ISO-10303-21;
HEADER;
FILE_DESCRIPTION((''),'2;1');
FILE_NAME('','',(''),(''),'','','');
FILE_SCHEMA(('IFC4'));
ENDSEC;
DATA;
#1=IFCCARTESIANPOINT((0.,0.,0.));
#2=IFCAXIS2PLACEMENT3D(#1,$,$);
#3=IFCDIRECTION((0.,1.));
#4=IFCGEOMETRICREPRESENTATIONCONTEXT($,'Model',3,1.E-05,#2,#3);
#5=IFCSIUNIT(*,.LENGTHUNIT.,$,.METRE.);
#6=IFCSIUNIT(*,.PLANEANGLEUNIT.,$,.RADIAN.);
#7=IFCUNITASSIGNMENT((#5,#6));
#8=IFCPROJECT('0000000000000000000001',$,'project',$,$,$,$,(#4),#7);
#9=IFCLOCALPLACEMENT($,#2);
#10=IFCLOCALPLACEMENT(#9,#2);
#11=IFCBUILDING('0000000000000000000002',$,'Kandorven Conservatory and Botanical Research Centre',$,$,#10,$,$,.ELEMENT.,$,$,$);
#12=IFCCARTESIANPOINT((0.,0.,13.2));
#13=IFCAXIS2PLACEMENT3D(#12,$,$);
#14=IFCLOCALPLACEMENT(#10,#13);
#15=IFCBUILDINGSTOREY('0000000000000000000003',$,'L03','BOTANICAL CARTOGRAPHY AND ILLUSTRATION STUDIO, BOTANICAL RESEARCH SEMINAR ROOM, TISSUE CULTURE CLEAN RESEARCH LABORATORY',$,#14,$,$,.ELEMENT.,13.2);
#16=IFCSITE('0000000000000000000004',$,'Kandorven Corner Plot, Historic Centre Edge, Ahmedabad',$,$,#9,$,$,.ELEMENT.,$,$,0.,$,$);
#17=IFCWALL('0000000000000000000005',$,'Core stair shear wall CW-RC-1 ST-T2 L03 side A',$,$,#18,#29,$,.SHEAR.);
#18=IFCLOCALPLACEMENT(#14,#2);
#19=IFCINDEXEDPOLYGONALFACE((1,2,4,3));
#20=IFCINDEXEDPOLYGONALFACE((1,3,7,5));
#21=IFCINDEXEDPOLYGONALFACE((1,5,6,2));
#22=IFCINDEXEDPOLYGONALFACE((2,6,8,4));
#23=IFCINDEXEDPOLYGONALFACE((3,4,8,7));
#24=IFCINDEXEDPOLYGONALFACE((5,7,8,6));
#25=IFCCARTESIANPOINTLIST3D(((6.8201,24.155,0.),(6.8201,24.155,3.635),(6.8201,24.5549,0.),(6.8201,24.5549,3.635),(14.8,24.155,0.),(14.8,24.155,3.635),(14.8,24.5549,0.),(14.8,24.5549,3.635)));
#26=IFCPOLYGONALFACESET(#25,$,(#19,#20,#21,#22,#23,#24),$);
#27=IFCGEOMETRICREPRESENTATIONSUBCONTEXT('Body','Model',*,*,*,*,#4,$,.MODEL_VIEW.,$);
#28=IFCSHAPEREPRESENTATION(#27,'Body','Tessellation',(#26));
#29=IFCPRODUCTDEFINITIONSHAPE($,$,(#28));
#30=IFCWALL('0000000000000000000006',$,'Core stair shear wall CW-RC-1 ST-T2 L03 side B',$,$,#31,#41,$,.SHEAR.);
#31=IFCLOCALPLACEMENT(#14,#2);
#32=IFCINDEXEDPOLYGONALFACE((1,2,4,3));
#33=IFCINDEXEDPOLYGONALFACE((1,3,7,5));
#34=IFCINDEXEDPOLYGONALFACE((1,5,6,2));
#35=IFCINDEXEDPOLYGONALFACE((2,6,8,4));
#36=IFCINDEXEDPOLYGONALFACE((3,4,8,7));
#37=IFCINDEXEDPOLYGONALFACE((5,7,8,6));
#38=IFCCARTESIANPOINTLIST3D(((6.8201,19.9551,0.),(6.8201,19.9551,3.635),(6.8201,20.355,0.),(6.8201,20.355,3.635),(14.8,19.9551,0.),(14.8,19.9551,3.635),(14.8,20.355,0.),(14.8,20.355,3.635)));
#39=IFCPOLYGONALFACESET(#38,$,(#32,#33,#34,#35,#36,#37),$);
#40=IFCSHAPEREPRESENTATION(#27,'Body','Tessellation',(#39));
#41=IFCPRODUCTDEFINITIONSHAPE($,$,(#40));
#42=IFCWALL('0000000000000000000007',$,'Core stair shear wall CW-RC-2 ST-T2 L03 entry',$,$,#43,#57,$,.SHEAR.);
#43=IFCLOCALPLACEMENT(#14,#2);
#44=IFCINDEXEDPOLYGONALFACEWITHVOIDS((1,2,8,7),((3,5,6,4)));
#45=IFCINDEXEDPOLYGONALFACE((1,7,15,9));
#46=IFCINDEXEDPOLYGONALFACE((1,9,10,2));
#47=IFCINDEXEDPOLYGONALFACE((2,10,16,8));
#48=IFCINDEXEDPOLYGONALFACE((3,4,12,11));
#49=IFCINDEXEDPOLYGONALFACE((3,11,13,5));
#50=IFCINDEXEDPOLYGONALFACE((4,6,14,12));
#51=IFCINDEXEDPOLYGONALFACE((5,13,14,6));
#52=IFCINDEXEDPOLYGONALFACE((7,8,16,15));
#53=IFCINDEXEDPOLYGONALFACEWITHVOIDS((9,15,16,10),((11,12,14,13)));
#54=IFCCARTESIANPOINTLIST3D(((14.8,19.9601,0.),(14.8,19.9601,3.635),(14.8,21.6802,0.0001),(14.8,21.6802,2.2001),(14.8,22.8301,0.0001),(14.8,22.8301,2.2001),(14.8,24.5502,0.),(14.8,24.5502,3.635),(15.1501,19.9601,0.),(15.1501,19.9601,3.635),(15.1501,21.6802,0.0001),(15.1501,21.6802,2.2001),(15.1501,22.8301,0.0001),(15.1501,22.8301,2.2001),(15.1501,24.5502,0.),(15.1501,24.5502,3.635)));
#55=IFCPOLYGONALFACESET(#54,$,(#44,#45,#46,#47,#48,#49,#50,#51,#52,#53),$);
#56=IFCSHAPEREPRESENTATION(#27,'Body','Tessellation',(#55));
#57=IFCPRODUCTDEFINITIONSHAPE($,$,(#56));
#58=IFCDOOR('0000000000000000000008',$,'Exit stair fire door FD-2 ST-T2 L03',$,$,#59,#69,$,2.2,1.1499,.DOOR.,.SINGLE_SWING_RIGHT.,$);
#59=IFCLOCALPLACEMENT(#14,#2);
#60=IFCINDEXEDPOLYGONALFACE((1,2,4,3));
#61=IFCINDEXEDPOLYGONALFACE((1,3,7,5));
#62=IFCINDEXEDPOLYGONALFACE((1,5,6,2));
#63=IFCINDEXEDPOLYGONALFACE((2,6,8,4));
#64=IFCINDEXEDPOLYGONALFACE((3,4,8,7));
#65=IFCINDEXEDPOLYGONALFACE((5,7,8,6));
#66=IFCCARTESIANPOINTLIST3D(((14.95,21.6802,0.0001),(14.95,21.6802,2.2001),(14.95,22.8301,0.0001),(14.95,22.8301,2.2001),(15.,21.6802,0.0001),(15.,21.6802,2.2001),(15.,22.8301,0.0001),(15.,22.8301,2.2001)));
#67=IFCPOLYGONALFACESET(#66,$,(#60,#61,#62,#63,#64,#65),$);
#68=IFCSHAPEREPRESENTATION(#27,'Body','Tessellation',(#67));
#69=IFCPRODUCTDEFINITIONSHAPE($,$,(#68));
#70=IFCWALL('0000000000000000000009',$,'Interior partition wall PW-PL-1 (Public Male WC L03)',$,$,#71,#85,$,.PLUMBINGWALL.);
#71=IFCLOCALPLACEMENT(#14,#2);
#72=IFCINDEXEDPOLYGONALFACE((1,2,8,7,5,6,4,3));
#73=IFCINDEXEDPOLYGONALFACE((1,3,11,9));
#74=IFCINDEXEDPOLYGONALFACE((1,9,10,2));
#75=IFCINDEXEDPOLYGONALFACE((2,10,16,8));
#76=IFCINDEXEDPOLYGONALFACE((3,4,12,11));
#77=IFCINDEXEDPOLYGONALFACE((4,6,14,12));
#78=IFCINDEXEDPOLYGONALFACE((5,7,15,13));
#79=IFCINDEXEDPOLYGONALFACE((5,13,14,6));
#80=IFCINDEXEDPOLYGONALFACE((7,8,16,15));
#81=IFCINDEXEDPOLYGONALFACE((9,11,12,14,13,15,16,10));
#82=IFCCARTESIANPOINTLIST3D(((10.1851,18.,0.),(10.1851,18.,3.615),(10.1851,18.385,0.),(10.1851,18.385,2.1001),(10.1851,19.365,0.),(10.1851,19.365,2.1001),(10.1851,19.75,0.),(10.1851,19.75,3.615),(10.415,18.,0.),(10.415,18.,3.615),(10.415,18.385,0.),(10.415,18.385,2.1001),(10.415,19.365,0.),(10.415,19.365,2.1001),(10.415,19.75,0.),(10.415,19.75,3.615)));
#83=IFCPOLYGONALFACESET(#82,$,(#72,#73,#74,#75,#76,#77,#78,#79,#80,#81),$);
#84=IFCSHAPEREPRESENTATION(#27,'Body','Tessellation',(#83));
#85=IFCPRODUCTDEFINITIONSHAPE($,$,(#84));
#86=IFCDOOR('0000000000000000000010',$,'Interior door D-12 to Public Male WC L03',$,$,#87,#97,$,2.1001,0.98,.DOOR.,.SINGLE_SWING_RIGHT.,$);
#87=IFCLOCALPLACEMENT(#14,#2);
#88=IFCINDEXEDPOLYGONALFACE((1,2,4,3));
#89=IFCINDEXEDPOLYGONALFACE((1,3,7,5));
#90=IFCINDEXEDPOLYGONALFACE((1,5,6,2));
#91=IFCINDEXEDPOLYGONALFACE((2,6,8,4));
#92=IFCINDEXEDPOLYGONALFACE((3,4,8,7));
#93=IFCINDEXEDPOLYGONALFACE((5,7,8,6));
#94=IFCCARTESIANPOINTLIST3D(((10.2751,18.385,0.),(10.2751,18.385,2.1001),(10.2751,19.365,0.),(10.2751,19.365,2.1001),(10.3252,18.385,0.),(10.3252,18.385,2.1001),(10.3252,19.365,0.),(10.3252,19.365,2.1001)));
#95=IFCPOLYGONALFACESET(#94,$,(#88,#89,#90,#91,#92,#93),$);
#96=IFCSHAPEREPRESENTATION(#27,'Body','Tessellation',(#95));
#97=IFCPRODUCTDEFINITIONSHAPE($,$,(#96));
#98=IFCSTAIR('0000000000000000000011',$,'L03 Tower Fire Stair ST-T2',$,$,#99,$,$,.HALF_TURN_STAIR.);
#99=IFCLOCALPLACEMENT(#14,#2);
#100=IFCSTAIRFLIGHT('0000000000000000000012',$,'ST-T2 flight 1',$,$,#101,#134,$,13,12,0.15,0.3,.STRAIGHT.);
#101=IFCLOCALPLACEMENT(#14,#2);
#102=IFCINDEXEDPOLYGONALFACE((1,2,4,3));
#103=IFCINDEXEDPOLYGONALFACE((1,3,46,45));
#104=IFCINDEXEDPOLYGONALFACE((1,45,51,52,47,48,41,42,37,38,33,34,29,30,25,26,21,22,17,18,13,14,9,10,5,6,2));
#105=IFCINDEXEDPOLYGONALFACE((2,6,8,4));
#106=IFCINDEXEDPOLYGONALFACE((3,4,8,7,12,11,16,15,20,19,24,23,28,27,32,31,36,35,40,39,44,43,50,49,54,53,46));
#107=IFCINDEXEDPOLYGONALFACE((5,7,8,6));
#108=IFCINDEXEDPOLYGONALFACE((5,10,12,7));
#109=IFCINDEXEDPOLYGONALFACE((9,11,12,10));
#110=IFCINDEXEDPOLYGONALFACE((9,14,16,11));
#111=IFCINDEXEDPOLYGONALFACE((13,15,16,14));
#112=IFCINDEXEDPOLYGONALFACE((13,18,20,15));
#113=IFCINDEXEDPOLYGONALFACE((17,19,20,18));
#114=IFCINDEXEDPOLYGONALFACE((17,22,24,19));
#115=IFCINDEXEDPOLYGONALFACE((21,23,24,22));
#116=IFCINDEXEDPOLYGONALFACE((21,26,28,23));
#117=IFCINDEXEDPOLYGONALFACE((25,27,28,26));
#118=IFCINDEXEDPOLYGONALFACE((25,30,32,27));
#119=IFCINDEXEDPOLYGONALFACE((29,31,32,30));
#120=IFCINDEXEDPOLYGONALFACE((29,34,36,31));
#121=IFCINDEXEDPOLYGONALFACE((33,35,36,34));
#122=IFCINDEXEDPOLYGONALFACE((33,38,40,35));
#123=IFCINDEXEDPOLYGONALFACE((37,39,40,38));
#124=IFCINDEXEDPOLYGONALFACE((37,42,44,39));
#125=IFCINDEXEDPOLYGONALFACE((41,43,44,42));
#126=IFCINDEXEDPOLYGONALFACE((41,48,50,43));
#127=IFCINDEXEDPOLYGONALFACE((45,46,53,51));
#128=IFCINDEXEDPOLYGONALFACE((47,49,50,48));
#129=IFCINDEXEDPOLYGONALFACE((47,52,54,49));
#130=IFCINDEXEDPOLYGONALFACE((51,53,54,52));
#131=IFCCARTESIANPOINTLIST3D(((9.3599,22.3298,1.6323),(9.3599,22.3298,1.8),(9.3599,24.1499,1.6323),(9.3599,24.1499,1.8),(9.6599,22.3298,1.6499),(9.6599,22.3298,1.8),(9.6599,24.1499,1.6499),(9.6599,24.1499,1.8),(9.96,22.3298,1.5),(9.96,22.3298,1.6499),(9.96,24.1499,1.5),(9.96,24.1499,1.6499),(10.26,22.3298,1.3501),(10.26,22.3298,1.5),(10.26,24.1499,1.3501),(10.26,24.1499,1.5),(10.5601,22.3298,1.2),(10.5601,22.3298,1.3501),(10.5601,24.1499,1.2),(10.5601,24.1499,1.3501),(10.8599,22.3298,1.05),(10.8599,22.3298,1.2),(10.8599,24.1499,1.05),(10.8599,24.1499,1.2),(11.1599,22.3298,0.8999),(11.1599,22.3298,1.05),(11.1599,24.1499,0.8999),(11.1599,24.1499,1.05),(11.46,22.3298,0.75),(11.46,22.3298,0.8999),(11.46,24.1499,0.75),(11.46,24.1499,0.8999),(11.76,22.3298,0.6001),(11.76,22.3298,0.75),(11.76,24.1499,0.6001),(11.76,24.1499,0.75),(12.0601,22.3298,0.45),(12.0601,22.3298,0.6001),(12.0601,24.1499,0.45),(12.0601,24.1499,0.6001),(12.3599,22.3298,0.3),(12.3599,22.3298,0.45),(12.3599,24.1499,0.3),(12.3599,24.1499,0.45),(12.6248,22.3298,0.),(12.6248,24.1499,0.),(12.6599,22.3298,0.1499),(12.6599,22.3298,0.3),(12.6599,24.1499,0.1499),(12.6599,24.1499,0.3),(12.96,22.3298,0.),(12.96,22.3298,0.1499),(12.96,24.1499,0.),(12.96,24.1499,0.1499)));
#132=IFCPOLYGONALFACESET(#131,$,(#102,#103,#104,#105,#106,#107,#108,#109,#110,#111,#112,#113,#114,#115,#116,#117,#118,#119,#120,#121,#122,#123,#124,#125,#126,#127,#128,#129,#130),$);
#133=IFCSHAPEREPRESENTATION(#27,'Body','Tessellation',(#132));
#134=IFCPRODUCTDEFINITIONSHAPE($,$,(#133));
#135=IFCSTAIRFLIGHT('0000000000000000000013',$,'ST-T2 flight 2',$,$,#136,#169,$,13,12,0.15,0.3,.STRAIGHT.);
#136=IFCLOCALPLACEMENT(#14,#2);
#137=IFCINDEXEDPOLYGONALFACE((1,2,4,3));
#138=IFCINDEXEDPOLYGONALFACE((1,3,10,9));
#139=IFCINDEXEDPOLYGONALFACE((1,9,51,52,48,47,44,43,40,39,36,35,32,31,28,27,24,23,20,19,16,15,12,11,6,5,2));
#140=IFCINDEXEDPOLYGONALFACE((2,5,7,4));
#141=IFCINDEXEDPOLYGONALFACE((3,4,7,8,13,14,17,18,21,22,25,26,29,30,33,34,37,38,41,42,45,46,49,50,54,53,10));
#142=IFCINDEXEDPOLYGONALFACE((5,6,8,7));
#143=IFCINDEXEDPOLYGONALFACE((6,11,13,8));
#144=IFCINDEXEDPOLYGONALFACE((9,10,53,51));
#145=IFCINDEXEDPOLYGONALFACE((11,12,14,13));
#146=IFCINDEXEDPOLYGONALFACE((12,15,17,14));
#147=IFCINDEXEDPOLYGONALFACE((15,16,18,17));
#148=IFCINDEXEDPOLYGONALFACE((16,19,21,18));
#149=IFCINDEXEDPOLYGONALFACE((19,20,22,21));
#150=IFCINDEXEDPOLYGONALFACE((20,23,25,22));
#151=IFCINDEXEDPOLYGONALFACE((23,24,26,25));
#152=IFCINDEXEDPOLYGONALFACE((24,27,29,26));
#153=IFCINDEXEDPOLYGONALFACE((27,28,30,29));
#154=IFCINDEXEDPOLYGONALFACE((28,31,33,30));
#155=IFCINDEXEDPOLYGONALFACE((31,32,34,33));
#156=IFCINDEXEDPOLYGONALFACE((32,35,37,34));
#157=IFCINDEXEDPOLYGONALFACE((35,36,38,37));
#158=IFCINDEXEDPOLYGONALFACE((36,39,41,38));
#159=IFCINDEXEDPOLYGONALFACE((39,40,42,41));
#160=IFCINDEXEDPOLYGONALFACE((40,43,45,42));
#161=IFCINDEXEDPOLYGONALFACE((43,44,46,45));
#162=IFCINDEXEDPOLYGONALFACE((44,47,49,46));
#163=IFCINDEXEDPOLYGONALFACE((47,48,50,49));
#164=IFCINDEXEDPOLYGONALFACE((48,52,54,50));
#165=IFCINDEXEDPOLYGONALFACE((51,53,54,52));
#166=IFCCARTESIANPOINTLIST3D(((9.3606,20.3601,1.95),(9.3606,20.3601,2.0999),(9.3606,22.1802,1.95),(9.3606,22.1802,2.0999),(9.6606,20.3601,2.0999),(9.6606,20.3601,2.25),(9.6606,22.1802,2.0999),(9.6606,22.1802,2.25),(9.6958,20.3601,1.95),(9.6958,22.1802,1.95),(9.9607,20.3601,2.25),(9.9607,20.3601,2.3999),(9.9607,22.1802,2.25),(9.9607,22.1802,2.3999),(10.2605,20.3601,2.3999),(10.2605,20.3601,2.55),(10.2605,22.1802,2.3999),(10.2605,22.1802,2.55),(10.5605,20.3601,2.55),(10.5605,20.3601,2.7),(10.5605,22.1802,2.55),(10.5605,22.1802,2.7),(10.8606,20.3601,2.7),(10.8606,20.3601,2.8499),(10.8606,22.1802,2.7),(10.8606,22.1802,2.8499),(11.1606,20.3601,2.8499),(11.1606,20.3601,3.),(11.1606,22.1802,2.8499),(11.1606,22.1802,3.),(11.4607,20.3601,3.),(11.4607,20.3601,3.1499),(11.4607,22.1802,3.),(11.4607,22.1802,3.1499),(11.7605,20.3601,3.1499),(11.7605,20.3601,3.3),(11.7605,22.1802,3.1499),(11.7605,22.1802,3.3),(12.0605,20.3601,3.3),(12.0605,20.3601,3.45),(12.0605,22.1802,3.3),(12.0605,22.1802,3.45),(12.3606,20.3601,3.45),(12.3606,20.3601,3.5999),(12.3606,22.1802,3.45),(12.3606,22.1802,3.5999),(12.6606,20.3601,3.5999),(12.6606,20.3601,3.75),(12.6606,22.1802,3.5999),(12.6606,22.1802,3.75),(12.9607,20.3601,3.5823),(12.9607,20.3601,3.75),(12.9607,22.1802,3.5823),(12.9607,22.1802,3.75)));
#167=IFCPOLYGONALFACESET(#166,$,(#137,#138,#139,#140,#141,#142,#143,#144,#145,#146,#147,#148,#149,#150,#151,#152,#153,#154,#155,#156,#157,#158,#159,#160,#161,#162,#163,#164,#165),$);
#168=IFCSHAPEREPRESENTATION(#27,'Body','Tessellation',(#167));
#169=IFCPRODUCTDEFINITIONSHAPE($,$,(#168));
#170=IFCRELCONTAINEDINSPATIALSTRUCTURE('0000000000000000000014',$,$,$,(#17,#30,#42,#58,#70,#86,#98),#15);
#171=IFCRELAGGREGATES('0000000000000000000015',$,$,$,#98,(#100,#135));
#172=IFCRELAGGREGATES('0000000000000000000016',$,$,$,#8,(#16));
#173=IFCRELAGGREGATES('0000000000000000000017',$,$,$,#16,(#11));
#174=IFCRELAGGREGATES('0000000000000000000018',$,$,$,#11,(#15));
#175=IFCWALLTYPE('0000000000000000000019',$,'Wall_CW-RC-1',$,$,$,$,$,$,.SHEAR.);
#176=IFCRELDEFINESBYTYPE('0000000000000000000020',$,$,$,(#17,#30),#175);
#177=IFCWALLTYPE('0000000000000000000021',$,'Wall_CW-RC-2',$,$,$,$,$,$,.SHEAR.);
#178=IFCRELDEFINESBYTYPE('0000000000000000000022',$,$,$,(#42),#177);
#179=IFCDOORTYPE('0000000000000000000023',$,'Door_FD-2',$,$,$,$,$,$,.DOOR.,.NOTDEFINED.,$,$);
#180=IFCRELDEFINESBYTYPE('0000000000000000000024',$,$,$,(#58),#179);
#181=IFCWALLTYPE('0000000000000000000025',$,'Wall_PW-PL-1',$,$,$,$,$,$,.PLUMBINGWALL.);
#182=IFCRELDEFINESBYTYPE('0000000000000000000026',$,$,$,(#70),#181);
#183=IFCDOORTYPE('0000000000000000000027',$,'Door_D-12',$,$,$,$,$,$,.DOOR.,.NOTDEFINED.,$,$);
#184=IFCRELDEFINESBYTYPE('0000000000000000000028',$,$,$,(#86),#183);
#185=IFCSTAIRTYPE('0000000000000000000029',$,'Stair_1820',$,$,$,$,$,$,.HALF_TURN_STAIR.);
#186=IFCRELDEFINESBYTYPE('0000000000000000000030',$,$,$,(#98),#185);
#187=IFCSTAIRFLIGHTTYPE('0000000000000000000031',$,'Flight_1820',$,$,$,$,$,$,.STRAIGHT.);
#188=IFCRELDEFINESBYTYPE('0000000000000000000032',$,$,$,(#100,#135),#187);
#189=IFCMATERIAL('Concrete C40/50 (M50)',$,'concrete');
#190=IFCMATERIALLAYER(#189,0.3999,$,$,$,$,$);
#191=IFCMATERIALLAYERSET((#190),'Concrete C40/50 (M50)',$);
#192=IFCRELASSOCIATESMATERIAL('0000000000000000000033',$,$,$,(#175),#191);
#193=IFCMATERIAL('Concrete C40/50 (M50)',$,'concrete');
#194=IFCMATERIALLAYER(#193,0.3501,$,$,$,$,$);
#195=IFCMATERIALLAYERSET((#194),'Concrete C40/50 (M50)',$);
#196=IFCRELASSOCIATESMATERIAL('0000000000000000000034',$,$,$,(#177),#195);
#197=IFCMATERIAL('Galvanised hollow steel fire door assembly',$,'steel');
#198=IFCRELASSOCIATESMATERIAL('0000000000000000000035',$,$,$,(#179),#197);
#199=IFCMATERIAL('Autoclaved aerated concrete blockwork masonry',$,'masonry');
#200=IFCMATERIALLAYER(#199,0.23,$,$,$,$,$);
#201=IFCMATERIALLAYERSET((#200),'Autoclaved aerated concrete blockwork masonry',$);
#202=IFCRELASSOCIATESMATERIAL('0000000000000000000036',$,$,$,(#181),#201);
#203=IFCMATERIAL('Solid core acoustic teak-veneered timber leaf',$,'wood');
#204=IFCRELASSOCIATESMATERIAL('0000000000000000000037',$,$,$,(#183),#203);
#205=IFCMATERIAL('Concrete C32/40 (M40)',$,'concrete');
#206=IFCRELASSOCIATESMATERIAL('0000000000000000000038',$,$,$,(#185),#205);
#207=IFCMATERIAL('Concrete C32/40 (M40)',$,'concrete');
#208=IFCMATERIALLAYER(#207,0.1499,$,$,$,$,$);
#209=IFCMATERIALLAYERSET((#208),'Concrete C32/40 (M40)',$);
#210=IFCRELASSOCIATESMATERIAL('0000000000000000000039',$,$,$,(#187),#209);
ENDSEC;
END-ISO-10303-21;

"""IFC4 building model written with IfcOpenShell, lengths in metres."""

from ifc_helpers import new_model, si_unit, direction, frame, frame_2d, origin, place, context, subcontext, project, spatial, polyline, rectangle, outline, extrude, material, layer, layer_set, type_object, element, fill, aggregate, save


model = new_model("IFC4")

# Units and contexts
model_context = context("Model", 3, precision=1e-05, world=origin(), true_north=direction((0.0, 1.0)))
body_context = subcontext(model_context, "Body", "Model", "MODEL_VIEW")
ifc_project = project(units=[si_unit("LENGTHUNIT", "METRE"), si_unit("PLANEANGLEUNIT", "RADIAN")], contexts=[model_context])

# Site, building, storey
site_placement = place(None, origin())
site = spatial("IfcSite", under=ifc_project, at=site_placement, Name="Kandorven Corner Plot, Historic Centre Edge, Ahmedabad", CompositionType="ELEMENT", RefElevation=0.0)
building_placement = place(site_placement, origin())
building = spatial("IfcBuilding", under=site, at=building_placement, Name="Kandorven Conservatory and Botanical Research Centre", CompositionType="ELEMENT")
storey_placement = place(building_placement, frame((0.0, 0.0, 13.2)))
storey = spatial("IfcBuildingStorey", under=building, at=storey_placement, Name="L03", Description="BOTANICAL CARTOGRAPHY AND ILLUSTRATION STUDIO, BOTANICAL RESEARCH SEMINAR ROOM, TISSUE CULTURE CLEAN RESEARCH LABORATORY", CompositionType="ELEMENT", Elevation=13.2)

# Walls
ifc_material_1 = material(Name="Concrete C40/50 (M50)", Category="concrete")
ifc_layer_1 = layer(ifc_material_1, 0.3999)
ifc_layer_set_1 = layer_set([ifc_layer_1], Name="Concrete C40/50 (M50)")
wall_type_1 = type_object("IfcWallType", Name="Wall_CW-RC-1", PredefinedType="SHEAR", material=ifc_layer_set_1)
for number, where, z_axis, x_axis, name in (
    (1, (14.8, 24.355, 0.0), (0.0, 0.0, 1.0), (-1.0, 0.0, 0.0), "Core stair shear wall CW-RC-1 ST-T2 L03 side A"),
    (2, (14.8, 20.155, 0.0), (0.0, 0.0, 1.0), (-1.0, 0.0, 0.0), "Core stair shear wall CW-RC-1 ST-T2 L03 side B"),
):
    element("IfcWall", number, at=place(storey_placement, frame(where, z_axis=z_axis, x_axis=x_axis)), inside=storey, type_object=wall_type_1, Name=name, PredefinedType="SHEAR", context=body_context, shape_type="SweptSolid", body=[
        extrude(rectangle(XDim=7.98, YDim=0.3999, at=frame_2d((3.99, 0.0))), origin(), (0.0, 0.0, 1.0), 3.635),
    ])

# Walls, openings, doors
ifc_material_2 = material(Name="Concrete C40/50 (M50)", Category="concrete")
ifc_layer_2 = layer(ifc_material_2, 0.3501)
ifc_layer_set_2 = layer_set([ifc_layer_2], Name="Concrete C40/50 (M50)")
wall_type_2 = type_object("IfcWallType", Name="Wall_CW-RC-2", PredefinedType="SHEAR", material=ifc_layer_set_2)
wall_1_placement = place(storey_placement, frame((14.9751, 24.55, 0.0), z_axis=(0.0, 0.0, 1.0), x_axis=(0.0, -1.0, 0.0)))
wall_1 = element("IfcWall", 3, at=wall_1_placement, inside=storey, type_object=wall_type_2, Name="Core stair shear wall CW-RC-2 ST-T2 L03 entry", PredefinedType="SHEAR", context=body_context, shape_type="SweptSolid", body=[
    extrude(rectangle(XDim=4.5901, YDim=0.3501, at=frame_2d((2.2949, 0.0))), origin(), (0.0, 0.0, 1.0), 3.635),
])
opening_1_placement = place(wall_1_placement, frame((1.72, 0.0, 0.0)))
opening_1 = element("IfcOpeningElement", 4, at=opening_1_placement, cuts=wall_1, PredefinedType="OPENING", context=body_context, shape_type="SweptSolid", body=[
    extrude(rectangle(XDim=1.1499, YDim=2.2, at=frame_2d((0.575, 1.1001))), frame((0.0, 0.1851, 0.0), z_axis=(0.0, -1.0, 0.0), x_axis=(1.0, 0.0, 0.0)), (0.0, 0.0, 1.0), 0.3701),
])
ifc_material_3 = material(Name="Galvanised hollow steel fire door assembly", Category="steel")
door_type_1 = type_object("IfcDoorType", Name="Door_FD-2", OperationType="NOTDEFINED", PredefinedType="DOOR", material=ifc_material_3)
door_1_placement = place(opening_1_placement, origin())
door_1 = element("IfcDoor", 5, at=door_1_placement, inside=storey, type_object=door_type_1, Name="Exit stair fire door FD-2 ST-T2 L03", OperationType="SINGLE_SWING_RIGHT", OverallHeight=2.2, OverallWidth=1.1499, PredefinedType="DOOR", context=body_context, shape_type="SweptSolid", body=[
    extrude(rectangle(XDim=1.1499, YDim=2.2, at=frame_2d((0.575, 1.1001))), frame((0.0, 0.0249, 0.0), z_axis=(0.0, -1.0, 0.0), x_axis=(1.0, 0.0, 0.0)), (0.0, 0.0, 1.0), 0.05),
])
fill(opening_1, door_1)
ifc_material_4 = material(Name="Autoclaved aerated concrete blockwork masonry", Category="masonry")
ifc_layer_3 = layer(ifc_material_4, 0.23)
ifc_layer_set_3 = layer_set([ifc_layer_3], Name="Autoclaved aerated concrete blockwork masonry")
wall_type_3 = type_object("IfcWallType", Name="Wall_PW-PL-1", PredefinedType="PLUMBINGWALL", material=ifc_layer_set_3)
wall_2_placement = place(storey_placement, frame((10.3, 18.0, 0.0), z_axis=(0.0, 0.0, 1.0), x_axis=(0.0, 1.0, 0.0)))
wall_2 = element("IfcWall", 6, at=wall_2_placement, inside=storey, type_object=wall_type_3, Name="Interior partition wall PW-PL-1 (Public Male WC L03)", PredefinedType="PLUMBINGWALL", context=body_context, shape_type="SweptSolid", body=[
    extrude(rectangle(XDim=1.75, YDim=0.23, at=frame_2d((0.875, 0.0))), origin(), (0.0, 0.0, 1.0), 3.615),
])
opening_2_placement = place(wall_2_placement, frame((0.385, 0.0, 0.0)))
opening_2 = element("IfcOpeningElement", 7, at=opening_2_placement, cuts=wall_2, PredefinedType="OPENING", context=body_context, shape_type="SweptSolid", body=[
    extrude(rectangle(XDim=0.98, YDim=2.1001, at=frame_2d((0.49, 1.05))), frame((0.0, 0.125, 0.0), z_axis=(0.0, -1.0, 0.0), x_axis=(1.0, 0.0, 0.0)), (0.0, 0.0, 1.0), 0.25),
])
ifc_material_5 = material(Name="Solid core acoustic teak-veneered timber leaf", Category="wood")
door_type_2 = type_object("IfcDoorType", Name="Door_D-12", OperationType="NOTDEFINED", PredefinedType="DOOR", material=ifc_material_5)
door_2_placement = place(opening_2_placement, origin())
door_2 = element("IfcDoor", 8, at=door_2_placement, inside=storey, type_object=door_type_2, Name="Interior door D-12 to Public Male WC L03", OperationType="SINGLE_SWING_RIGHT", OverallHeight=2.1001, OverallWidth=0.98, PredefinedType="DOOR", context=body_context, shape_type="SweptSolid", body=[
    extrude(rectangle(XDim=0.98, YDim=2.1001, at=frame_2d((0.49, 1.05))), frame((0.0, 0.0249, 0.0), z_axis=(0.0, -1.0, 0.0), x_axis=(1.0, 0.0, 0.0)), (0.0, 0.0, 1.0), 0.05),
])
fill(opening_2, door_2)

# Stair, stair flights
ifc_material_6 = material(Name="Concrete C32/40 (M40)", Category="concrete")
stair_type = type_object("IfcStairType", Name="Stair_1820", PredefinedType="HALF_TURN_STAIR", material=ifc_material_6)
stair_placement = place(storey_placement, origin())
stair = element("IfcStair", 9, at=stair_placement, inside=storey, type_object=stair_type, Name="L03 Tower Fire Stair ST-T2", PredefinedType="HALF_TURN_STAIR")
ifc_material_7 = material(Name="Concrete C32/40 (M40)", Category="concrete")
ifc_layer_4 = layer(ifc_material_7, 0.1499)
ifc_layer_set_4 = layer_set([ifc_layer_4], Name="Concrete C32/40 (M40)")
stair_flight_type = type_object("IfcStairFlightType", Name="Flight_1820", PredefinedType="STRAIGHT", material=ifc_layer_set_4)
stair_flight_1_placement = place(storey_placement, frame((12.96, 23.24, 0.0), z_axis=(0.0, 0.0, 1.0), x_axis=(-1.0, 0.0, 0.0)))
stair_flight_1 = element("IfcStairFlight", 10, at=stair_flight_1_placement, type_object=stair_flight_type, Name="ST-T2 flight 1", NumberOfRisers=13, NumberOfTreads=12, PredefinedType="STRAIGHT", RiserHeight=0.15, TreadLength=0.3, context=body_context, shape_type="SweptSolid", body=[
    extrude(outline(polyline([(0.0, 0.0), (0.0, 0.1499), (0.3, 0.1499), (0.3, 0.3), (0.6001, 0.3), (0.6001, 0.45), (0.8999, 0.45), (0.8999, 0.6001), (1.2, 0.6001), (1.2, 0.75), (1.5, 0.75), (1.5, 0.8999), (1.8, 0.8999), (1.8, 1.05), (2.1001, 1.05), (2.1001, 1.2), (2.3999, 1.2), (2.3999, 1.3501), (2.7, 1.3501), (2.7, 1.5), (3.0, 1.5), (3.0, 1.6499), (3.3, 1.6499), (3.3, 1.8), (3.6001, 1.8), (3.6001, 1.95), (3.6001, 1.6323), (0.3352, 0.0), (0.0, 0.0)])), frame((0.0, 0.9102, 0.0), z_axis=(0.0, -1.0, 0.0), x_axis=(1.0, 0.0, 0.0)), (0.0, 0.0, 1.0), 1.8201),
])
stair_flight_2_placement = place(storey_placement, frame((9.3606, 21.27, 1.95), z_axis=(0.0, 0.0, 1.0), x_axis=(1.0, 0.0, 0.0)))
stair_flight_2 = element("IfcStairFlight", 11, at=stair_flight_2_placement, type_object=stair_flight_type, Name="ST-T2 flight 2", NumberOfRisers=13, NumberOfTreads=12, PredefinedType="STRAIGHT", RiserHeight=0.15, TreadLength=0.3, context=body_context, shape_type="SweptSolid", body=[
    extrude(outline(polyline([(0.0, 0.0), (0.0, 0.1499), (0.3, 0.1499), (0.3, 0.3), (0.6001, 0.3), (0.6001, 0.45), (0.8999, 0.45), (0.8999, 0.6001), (1.2, 0.6001), (1.2, 0.75), (1.5, 0.75), (1.5, 0.8999), (1.8, 0.8999), (1.8, 1.05), (2.1001, 1.05), (2.1001, 1.2), (2.3999, 1.2), (2.3999, 1.3501), (2.7, 1.3501), (2.7, 1.5), (3.0, 1.5), (3.0, 1.6499), (3.3, 1.6499), (3.3, 1.8), (3.6001, 1.8), (3.6001, 1.95), (3.6001, 1.6323), (0.3352, 0.0), (0.0, 0.0)])), frame((0.0, 0.9102, 0.0), z_axis=(0.0, -1.0, 0.0), x_axis=(1.0, 0.0, 0.0)), (0.0, 0.0, 1.0), 1.8201),
])
aggregate(stair, [stair_flight_1, stair_flight_2])

save(model, "model.ifc")
